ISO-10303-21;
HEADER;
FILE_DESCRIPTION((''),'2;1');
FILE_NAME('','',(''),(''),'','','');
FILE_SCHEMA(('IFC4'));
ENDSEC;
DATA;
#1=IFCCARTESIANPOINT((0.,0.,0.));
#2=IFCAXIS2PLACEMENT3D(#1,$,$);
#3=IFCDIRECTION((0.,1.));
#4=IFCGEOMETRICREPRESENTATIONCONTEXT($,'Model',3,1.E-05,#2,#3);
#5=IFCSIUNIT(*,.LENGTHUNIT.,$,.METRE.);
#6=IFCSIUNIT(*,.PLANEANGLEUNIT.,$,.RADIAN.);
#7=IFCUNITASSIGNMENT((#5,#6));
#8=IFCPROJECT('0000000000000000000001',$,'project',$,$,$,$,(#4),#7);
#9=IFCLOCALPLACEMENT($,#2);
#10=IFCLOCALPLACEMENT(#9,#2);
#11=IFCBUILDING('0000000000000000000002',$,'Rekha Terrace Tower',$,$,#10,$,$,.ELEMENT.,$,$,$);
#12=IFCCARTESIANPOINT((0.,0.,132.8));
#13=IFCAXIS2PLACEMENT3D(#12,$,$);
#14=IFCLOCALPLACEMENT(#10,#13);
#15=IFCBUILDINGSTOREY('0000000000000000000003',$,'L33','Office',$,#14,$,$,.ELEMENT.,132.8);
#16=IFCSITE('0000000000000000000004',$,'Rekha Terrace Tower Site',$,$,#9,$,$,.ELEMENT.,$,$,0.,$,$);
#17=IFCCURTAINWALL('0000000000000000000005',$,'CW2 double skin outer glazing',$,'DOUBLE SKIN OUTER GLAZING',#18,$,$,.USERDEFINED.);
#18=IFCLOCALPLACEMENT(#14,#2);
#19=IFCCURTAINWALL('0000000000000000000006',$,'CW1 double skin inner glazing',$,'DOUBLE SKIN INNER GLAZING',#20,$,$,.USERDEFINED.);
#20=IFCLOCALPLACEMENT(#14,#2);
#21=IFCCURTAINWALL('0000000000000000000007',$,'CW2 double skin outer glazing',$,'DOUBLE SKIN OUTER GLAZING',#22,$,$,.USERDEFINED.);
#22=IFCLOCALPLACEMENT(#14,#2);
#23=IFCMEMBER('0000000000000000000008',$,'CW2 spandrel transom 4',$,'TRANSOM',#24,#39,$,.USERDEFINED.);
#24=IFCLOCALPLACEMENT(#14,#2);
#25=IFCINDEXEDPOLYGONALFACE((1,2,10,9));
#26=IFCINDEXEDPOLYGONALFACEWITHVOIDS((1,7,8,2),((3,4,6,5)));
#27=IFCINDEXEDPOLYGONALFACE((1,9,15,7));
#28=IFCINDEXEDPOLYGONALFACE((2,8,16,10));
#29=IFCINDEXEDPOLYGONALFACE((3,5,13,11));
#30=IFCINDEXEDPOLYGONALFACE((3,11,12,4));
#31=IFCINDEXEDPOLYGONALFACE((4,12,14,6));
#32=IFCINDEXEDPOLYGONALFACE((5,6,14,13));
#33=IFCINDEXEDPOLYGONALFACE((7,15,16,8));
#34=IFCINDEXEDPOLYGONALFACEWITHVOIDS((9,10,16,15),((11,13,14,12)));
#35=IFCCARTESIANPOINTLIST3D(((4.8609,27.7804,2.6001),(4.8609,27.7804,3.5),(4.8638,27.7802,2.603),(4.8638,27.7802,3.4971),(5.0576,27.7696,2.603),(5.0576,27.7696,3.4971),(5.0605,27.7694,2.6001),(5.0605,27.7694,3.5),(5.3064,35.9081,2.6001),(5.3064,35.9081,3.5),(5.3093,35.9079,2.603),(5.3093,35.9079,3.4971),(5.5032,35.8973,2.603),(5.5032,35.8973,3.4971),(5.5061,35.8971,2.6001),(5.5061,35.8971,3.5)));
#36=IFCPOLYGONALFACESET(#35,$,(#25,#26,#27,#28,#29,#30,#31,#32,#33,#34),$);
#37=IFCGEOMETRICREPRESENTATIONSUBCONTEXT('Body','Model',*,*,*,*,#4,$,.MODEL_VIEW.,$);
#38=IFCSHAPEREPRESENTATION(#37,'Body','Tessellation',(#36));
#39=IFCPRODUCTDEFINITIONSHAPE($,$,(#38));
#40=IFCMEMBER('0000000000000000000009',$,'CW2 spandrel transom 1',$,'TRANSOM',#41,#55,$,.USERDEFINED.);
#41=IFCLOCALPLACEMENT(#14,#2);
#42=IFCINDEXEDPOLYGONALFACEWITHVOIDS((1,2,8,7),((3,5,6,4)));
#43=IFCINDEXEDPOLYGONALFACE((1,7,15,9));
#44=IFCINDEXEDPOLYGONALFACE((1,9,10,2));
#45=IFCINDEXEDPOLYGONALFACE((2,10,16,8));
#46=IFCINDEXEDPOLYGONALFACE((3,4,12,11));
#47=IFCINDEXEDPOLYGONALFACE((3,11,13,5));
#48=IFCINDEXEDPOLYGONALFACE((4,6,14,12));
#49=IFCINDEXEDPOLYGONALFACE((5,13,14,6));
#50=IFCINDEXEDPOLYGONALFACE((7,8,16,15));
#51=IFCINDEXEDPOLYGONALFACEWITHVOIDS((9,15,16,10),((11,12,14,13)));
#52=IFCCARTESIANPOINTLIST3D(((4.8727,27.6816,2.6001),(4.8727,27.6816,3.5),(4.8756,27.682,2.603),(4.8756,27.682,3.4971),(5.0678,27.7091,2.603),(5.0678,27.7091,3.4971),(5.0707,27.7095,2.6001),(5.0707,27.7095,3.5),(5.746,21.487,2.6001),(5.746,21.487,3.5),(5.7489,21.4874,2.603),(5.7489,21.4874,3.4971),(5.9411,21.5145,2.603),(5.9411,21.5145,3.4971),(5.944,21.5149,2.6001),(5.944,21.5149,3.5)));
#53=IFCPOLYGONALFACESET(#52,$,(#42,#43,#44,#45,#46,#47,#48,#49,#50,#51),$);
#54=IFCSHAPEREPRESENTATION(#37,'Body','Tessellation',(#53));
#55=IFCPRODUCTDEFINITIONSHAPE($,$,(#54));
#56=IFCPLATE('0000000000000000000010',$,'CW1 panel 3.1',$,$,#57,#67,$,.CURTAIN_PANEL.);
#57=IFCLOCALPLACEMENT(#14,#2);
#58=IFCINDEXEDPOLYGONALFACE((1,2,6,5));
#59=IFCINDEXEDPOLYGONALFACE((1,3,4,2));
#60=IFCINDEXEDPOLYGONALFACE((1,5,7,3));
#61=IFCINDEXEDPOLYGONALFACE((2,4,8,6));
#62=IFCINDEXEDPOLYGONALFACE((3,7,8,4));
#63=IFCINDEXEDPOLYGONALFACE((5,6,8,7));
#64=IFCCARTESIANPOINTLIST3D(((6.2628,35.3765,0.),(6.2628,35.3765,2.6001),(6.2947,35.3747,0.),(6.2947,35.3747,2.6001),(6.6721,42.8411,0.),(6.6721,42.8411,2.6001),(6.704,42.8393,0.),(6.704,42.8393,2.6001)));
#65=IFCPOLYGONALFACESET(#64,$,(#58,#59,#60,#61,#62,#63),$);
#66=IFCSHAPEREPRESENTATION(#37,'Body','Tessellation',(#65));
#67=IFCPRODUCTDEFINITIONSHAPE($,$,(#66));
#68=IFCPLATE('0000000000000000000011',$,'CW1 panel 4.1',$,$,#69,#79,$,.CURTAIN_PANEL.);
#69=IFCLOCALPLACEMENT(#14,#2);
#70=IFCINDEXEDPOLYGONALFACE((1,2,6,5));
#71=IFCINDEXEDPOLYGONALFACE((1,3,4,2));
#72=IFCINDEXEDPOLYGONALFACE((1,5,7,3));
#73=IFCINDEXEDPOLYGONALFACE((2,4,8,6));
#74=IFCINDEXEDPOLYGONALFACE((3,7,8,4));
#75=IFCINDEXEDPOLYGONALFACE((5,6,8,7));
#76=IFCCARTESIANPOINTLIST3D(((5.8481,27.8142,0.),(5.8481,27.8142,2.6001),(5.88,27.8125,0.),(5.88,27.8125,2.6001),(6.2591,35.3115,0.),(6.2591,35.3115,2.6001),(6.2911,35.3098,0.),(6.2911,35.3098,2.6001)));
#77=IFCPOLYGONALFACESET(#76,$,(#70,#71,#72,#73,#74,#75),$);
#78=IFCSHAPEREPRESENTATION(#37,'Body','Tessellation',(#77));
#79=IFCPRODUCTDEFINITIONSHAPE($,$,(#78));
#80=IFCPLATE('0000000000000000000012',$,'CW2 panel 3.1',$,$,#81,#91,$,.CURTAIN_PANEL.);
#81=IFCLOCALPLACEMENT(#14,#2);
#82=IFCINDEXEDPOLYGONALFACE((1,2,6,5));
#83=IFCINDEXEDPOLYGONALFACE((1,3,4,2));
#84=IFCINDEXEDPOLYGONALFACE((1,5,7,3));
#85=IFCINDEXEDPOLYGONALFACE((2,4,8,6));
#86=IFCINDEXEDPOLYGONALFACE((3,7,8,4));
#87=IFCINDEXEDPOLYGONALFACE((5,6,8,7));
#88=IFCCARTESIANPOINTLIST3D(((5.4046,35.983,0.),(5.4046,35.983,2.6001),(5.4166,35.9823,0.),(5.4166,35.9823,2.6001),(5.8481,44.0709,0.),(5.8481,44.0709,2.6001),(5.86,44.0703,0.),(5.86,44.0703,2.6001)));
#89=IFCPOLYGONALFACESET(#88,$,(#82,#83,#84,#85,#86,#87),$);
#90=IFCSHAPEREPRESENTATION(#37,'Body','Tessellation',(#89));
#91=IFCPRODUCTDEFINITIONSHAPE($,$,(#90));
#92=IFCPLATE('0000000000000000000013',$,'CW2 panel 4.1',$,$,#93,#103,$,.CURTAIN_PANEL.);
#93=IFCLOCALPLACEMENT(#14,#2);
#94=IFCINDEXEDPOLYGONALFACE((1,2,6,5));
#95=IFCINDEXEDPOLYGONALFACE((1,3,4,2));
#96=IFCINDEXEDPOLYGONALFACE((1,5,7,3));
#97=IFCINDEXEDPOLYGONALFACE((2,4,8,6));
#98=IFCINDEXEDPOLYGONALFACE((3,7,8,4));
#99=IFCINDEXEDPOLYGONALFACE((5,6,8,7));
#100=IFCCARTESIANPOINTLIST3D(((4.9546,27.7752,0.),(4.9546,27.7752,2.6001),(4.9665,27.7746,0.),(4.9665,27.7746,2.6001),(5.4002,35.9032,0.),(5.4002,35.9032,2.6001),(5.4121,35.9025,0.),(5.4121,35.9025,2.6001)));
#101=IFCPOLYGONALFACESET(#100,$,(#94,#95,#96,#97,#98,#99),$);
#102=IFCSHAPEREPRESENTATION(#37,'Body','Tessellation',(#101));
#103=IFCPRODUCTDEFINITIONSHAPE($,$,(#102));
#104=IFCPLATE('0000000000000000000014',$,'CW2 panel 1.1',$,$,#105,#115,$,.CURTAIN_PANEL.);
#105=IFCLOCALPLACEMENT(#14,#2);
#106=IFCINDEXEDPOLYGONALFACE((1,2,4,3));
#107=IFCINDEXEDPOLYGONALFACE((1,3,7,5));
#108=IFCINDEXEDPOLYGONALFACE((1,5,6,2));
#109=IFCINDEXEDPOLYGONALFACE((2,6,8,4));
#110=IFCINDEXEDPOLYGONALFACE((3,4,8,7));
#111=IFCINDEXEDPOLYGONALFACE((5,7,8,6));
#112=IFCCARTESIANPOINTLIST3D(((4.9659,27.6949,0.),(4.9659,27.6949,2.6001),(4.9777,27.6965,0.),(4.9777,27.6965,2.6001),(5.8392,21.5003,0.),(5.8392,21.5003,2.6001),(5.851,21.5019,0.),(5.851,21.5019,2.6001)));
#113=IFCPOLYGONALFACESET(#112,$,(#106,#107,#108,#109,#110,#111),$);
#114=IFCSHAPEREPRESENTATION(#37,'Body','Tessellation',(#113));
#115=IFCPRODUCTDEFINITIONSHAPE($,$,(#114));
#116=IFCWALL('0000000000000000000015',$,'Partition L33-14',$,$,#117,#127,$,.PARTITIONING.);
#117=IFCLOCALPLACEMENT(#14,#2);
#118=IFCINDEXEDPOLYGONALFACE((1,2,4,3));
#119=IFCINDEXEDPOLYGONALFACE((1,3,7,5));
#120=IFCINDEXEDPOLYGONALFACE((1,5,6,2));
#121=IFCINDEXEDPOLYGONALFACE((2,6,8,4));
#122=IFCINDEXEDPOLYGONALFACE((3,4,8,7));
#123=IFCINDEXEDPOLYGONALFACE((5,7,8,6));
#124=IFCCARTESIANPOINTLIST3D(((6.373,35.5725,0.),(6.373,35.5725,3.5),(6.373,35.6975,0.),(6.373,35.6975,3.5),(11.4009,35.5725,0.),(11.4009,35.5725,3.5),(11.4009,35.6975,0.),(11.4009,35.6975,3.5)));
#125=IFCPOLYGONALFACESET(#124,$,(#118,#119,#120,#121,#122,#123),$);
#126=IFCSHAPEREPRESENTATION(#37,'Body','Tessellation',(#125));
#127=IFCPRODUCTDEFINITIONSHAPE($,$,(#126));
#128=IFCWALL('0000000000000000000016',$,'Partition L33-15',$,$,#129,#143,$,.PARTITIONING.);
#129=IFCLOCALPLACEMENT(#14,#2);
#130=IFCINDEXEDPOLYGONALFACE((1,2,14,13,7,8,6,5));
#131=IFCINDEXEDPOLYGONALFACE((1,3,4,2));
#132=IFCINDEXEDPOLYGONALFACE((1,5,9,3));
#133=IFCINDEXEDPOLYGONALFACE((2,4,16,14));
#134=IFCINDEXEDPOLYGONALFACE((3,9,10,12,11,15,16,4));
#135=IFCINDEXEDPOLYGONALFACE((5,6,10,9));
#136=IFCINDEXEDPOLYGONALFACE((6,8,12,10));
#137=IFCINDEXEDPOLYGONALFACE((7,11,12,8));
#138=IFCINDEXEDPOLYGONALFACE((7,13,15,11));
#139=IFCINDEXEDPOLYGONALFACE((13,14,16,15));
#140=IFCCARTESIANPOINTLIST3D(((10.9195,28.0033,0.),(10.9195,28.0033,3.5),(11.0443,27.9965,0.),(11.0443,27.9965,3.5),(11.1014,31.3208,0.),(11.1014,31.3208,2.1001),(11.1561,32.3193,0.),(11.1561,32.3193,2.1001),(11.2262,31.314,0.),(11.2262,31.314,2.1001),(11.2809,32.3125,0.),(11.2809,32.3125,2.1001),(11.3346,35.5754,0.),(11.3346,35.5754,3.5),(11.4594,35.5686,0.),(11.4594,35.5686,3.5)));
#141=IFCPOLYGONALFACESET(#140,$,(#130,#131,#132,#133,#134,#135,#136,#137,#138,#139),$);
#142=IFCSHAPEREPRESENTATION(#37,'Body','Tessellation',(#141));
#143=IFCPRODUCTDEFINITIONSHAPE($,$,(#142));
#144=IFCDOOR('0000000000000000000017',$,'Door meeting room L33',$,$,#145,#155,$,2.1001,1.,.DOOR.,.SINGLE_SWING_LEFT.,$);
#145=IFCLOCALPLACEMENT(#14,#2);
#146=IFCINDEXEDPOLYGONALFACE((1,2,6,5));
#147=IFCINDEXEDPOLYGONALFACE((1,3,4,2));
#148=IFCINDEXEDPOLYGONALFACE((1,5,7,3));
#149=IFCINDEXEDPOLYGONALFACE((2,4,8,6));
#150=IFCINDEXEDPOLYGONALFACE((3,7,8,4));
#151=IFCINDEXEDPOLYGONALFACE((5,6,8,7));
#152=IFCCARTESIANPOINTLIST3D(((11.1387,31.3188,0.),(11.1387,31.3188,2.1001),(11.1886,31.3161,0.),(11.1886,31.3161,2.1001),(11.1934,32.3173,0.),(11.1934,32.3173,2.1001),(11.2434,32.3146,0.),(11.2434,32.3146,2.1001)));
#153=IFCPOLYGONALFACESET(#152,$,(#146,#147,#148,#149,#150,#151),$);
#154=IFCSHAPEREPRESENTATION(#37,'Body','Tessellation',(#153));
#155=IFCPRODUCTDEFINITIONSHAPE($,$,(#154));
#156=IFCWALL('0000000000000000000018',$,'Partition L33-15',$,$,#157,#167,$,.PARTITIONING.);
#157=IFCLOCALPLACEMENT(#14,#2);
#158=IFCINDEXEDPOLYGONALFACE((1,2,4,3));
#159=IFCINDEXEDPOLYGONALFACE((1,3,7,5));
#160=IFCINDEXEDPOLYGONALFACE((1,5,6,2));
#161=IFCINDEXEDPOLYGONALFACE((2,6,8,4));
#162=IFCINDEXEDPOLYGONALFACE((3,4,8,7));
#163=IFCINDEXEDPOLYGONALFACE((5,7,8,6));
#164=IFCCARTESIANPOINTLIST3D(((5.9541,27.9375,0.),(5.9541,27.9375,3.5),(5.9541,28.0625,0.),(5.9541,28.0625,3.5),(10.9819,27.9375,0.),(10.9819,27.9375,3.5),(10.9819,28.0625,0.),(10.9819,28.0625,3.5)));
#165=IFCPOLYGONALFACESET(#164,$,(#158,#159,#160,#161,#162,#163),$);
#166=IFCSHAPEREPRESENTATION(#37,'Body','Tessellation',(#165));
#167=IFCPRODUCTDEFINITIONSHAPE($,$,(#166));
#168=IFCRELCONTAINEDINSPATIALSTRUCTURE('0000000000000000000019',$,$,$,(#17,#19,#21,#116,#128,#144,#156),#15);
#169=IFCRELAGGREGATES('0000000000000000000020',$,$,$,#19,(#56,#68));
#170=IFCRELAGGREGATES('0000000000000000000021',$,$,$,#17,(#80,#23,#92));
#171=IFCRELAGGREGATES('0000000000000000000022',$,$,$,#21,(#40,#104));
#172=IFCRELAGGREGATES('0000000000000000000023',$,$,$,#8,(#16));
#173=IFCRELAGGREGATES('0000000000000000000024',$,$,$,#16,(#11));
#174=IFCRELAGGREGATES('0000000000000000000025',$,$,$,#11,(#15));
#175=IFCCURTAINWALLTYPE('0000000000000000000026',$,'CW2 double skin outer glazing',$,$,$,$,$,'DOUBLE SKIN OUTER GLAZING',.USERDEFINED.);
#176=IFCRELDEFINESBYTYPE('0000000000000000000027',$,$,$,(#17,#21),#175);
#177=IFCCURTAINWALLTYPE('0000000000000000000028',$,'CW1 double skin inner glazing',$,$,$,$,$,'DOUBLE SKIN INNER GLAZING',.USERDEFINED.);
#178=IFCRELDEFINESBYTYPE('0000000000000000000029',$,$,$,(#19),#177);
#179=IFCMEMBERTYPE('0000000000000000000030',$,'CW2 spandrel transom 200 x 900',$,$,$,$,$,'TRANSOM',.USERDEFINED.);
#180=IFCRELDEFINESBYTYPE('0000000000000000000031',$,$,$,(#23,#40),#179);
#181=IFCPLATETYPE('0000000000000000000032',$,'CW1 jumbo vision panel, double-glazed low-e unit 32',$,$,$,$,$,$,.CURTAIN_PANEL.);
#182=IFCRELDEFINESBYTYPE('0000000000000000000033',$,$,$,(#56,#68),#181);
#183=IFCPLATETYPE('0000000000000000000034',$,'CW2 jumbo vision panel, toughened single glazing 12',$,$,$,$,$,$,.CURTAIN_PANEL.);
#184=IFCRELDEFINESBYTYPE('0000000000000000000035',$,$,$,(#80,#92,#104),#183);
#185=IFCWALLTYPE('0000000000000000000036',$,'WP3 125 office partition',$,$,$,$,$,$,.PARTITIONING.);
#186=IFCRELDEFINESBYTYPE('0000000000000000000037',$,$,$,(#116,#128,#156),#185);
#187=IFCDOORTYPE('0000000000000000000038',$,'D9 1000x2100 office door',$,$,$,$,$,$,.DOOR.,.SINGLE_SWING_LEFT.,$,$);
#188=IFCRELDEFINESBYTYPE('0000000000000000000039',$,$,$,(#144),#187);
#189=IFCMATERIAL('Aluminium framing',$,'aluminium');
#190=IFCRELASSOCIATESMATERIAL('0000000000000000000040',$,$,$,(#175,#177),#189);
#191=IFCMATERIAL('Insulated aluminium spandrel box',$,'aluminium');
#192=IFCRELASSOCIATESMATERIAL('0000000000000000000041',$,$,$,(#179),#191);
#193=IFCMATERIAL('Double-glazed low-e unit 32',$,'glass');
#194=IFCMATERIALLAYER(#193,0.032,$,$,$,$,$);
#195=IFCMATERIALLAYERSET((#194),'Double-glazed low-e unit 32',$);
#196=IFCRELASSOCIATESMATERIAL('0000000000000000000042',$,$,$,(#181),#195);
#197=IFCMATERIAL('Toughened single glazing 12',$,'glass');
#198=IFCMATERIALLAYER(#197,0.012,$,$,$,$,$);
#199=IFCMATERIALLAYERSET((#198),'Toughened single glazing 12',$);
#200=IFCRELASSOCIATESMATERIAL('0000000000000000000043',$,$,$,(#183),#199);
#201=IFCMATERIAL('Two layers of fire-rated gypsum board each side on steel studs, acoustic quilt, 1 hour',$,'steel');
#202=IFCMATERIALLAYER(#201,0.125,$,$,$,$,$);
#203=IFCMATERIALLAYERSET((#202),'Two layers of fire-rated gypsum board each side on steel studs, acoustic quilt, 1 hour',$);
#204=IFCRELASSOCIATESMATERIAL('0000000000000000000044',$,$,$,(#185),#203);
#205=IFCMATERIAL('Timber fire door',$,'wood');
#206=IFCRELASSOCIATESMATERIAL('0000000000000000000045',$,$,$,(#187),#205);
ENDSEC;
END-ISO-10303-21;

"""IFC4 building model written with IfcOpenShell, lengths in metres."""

from ifc_helpers import new_model, si_unit, direction, frame, frame_2d, origin, origin_2d, place, context, subcontext, project, spatial, rectangle, hollow_rectangle, extrude, material, layer, layer_set, material_profile, profile_set, type_object, element, fill, aggregate, save


model = new_model("IFC4")

# Units and contexts
model_context = context("Model", 3, precision=1e-05, world=origin(), true_north=direction((0.0, 1.0)))
body_context = subcontext(model_context, "Body", "Model", "MODEL_VIEW")
ifc_project = project(units=[si_unit("LENGTHUNIT", "METRE"), si_unit("PLANEANGLEUNIT", "RADIAN")], contexts=[model_context])

# Site, building, storey
site_placement = place(None, origin())
site = spatial("IfcSite", under=ifc_project, at=site_placement, Name="Rekha Terrace Tower Site", CompositionType="ELEMENT", RefElevation=0.0)
building_placement = place(site_placement, origin())
building = spatial("IfcBuilding", under=site, at=building_placement, Name="Rekha Terrace Tower", CompositionType="ELEMENT")
storey_placement = place(building_placement, frame((0.0, 0.0, 132.8)))
storey = spatial("IfcBuildingStorey", under=building, at=storey_placement, Name="L33", Description="Office", CompositionType="ELEMENT", Elevation=132.8)

# Curtain walls
ifc_material_1 = material(Name="Aluminium framing", Category="aluminium")
curtain_wall_type_1 = type_object("IfcCurtainWallType", Name="CW2 double skin outer glazing", ElementType="DOUBLE SKIN OUTER GLAZING", PredefinedType="USERDEFINED", material=ifc_material_1)
curtain_wall_1_placement = place(storey_placement, origin())
curtain_wall_1 = element("IfcCurtainWall", 1, at=curtain_wall_1_placement, inside=storey, type_object=curtain_wall_type_1, Name="CW2 double skin outer glazing", ObjectType="DOUBLE SKIN OUTER GLAZING", PredefinedType="USERDEFINED")
curtain_wall_type_2 = type_object("IfcCurtainWallType", Name="CW1 double skin inner glazing", ElementType="DOUBLE SKIN INNER GLAZING", PredefinedType="USERDEFINED", material=ifc_material_1)
curtain_wall_2_placement = place(storey_placement, origin())
curtain_wall_2 = element("IfcCurtainWall", 2, at=curtain_wall_2_placement, inside=storey, type_object=curtain_wall_type_2, Name="CW1 double skin inner glazing", ObjectType="DOUBLE SKIN INNER GLAZING", PredefinedType="USERDEFINED")

# Shared definitions
ifc_material_2 = material(Name="Insulated aluminium spandrel box", Category="aluminium")

# Curtain wall
curtain_wall_3_placement = place(storey_placement, origin())
curtain_wall_3 = element("IfcCurtainWall", 3, at=curtain_wall_3_placement, inside=storey, type_object=curtain_wall_type_1, Name="CW2 double skin outer glazing", ObjectType="DOUBLE SKIN OUTER GLAZING", PredefinedType="USERDEFINED")

# Members
ifc_material_profile_1 = material_profile(ifc_material_2, hollow_rectangle(XDim=0.2, YDim=0.8999, WallThickness=0.0029, at=origin_2d()), Name="AL SPANDREL BOX 200x900")
ifc_profile_set_1 = profile_set([ifc_material_profile_1], Name="Insulated aluminium spandrel box")
member_type_1 = type_object("IfcMemberType", Name="CW2 spandrel transom 200 x 900", ElementType="TRANSOM", PredefinedType="USERDEFINED", material=ifc_profile_set_1)
member_1_placement = place(storey_placement, frame((5.4062, 35.9026, 3.05), z_axis=(-0.054737, -0.998501, 0.0), x_axis=(0.998501, -0.054737, 0.0)))
member_1 = element("IfcMember", 4, at=member_1_placement, type_object=member_type_1, Name="CW2 spandrel transom 4", ObjectType="TRANSOM", PredefinedType="USERDEFINED", context=body_context, shape_type="SweptSolid", body=[
    extrude(hollow_rectangle(XDim=0.2, YDim=0.8999, WallThickness=0.0029, at=origin_2d()), origin(), (0.0, 0.0, 1.0), 8.1399),
])
member_2_placement = place(storey_placement, frame((4.9717, 27.6956, 3.05), z_axis=(0.139596, -0.990209, 0.0), x_axis=(0.990209, 0.139596, 0.0)))
member_2 = element("IfcMember", 5, at=member_2_placement, type_object=member_type_1, Name="CW2 spandrel transom 1", ObjectType="TRANSOM", PredefinedType="USERDEFINED", context=body_context, shape_type="SweptSolid", body=[
    extrude(hollow_rectangle(XDim=0.2, YDim=0.8999, WallThickness=0.0029, at=origin_2d()), origin(), (0.0, 0.0, 1.0), 6.2559),
])

# Plates
ifc_material_3 = material(Name="Double-glazed low-e unit 32", Category="glass")
ifc_layer_1 = layer(ifc_material_3, 0.032)
ifc_layer_set_1 = layer_set([ifc_layer_1], Name="Double-glazed low-e unit 32")
plate_type_1 = type_object("IfcPlateType", Name="CW1 jumbo vision panel, double-glazed low-e unit 32", PredefinedType="CURTAIN_PANEL", material=ifc_layer_set_1)
plate_1_placement = place(storey_placement, frame((6.4834, 39.1079, 0.0), z_axis=(0.0, 0.0, 1.0), x_axis=(-0.054742, -0.998501, 0.0)))
plate_1 = element("IfcPlate", 6, at=plate_1_placement, type_object=plate_type_1, Name="CW1 panel 3.1", PredefinedType="CURTAIN_PANEL", context=body_context, shape_type="SweptSolid", body=[
    extrude(rectangle(XDim=7.4758, YDim=0.032, at=origin_2d()), origin(), (0.0, 0.0, 1.0), 2.6001),
])
plate_2_placement = place(storey_placement, frame((6.0696, 31.562, 0.0), z_axis=(0.0, 0.0, 1.0), x_axis=(-0.054742, -0.998501, 0.0)))
plate_2 = element("IfcPlate", 7, at=plate_2_placement, type_object=plate_type_1, Name="CW1 panel 4.1", PredefinedType="CURTAIN_PANEL", context=body_context, shape_type="SweptSolid", body=[
    extrude(rectangle(XDim=7.5085, YDim=0.032, at=origin_2d()), origin(), (0.0, 0.0, 1.0), 2.6001),
])
aggregate(curtain_wall_2, [plate_1, plate_2])
ifc_material_4 = material(Name="Toughened single glazing 12", Category="glass")
ifc_layer_2 = layer(ifc_material_4, 0.012)
ifc_layer_set_2 = layer_set([ifc_layer_2], Name="Toughened single glazing 12")
plate_type_2 = type_object("IfcPlateType", Name="CW2 jumbo vision panel, toughened single glazing 12", PredefinedType="CURTAIN_PANEL", material=ifc_layer_set_2)
plate_3_placement = place(storey_placement, frame((5.6323, 40.0266, 0.0), z_axis=(0.0, 0.0, 1.0), x_axis=(-0.054742, -0.998501, 0.0)))
plate_3 = element("IfcPlate", 8, at=plate_3_placement, type_object=plate_type_2, Name="CW2 panel 3.1", PredefinedType="CURTAIN_PANEL", context=body_context, shape_type="SweptSolid", body=[
    extrude(rectangle(XDim=8.1001, YDim=0.012, at=origin_2d()), origin(), (0.0, 0.0, 1.0), 2.6001),
])
plate_4_placement = place(storey_placement, frame((5.1833, 31.8389, 0.0), z_axis=(0.0, 0.0, 1.0), x_axis=(-0.054742, -0.998501, 0.0)))
plate_4 = element("IfcPlate", 9, at=plate_4_placement, type_object=plate_type_2, Name="CW2 panel 4.1", PredefinedType="CURTAIN_PANEL", context=body_context, shape_type="SweptSolid", body=[
    extrude(rectangle(XDim=8.1401, YDim=0.012, at=origin_2d()), origin(), (0.0, 0.0, 1.0), 2.6001),
])
aggregate(curtain_wall_1, [plate_3, member_1, plate_4])
plate_5_placement = place(storey_placement, frame((5.4084, 24.5984, 0.0), z_axis=(0.0, 0.0, 1.0), x_axis=(0.139597, -0.990208, 0.0)))
plate_5 = element("IfcPlate", 10, at=plate_5_placement, type_object=plate_type_2, Name="CW2 panel 1.1", PredefinedType="CURTAIN_PANEL", context=body_context, shape_type="SweptSolid", body=[
    extrude(rectangle(XDim=6.2559, YDim=0.012, at=origin_2d()), origin(), (0.0, 0.0, 1.0), 2.6001),
])
aggregate(curtain_wall_3, [member_2, plate_5])

# Wall
ifc_material_5 = material(Name="Two layers of fire-rated gypsum board each side on steel studs, acoustic quilt, 1 hour", Category="steel")
ifc_layer_3 = layer(ifc_material_5, 0.125)
ifc_layer_set_3 = layer_set([ifc_layer_3], Name="Two layers of fire-rated gypsum board each side on steel studs, acoustic quilt, 1 hour")
wall_type = type_object("IfcWallType", Name="WP3 125 office partition", PredefinedType="PARTITIONING", material=ifc_layer_set_3)
wall_1_placement = place(storey_placement, frame((11.4009, 35.635, 0.0), z_axis=(0.0, 0.0, 1.0), x_axis=(-1.0, 0.0, 0.0)))
element("IfcWall", 11, at=wall_1_placement, inside=storey, type_object=wall_type, Name="Partition L33-14", PredefinedType="PARTITIONING", context=body_context, shape_type="SweptSolid", body=[
    extrude(rectangle(XDim=5.0278, YDim=0.125, at=frame_2d((2.5139, 0.0))), origin(), (0.0, 0.0, 1.0), 3.5),
])

# Wall, opening, door
wall_2_placement = place(storey_placement, frame((11.397, 35.572, 0.0), z_axis=(0.0, 0.0, 1.0), x_axis=(-0.05473, -0.998501, 0.0)))
wall_2 = element("IfcWall", 12, at=wall_2_placement, inside=storey, type_object=wall_type, Name="Partition L33-15", PredefinedType="PARTITIONING", context=body_context, shape_type="SweptSolid", body=[
    extrude(rectangle(XDim=7.5835, YDim=0.125, at=frame_2d((3.7917, 0.0))), origin(), (0.0, 0.0, 1.0), 3.5),
])
opening_1_placement = place(wall_2_placement, frame((3.261, 0.0, 0.0)))
opening_1 = element("IfcOpeningElement", 13, at=opening_1_placement, cuts=wall_2, PredefinedType="OPENING", context=body_context, shape_type="SweptSolid", body=[
    extrude(rectangle(XDim=1.0, YDim=2.1001, at=frame_2d((0.5, 1.05))), frame((0.0, 0.0725, 0.0), z_axis=(0.0, -1.0, 0.0), x_axis=(1.0, 0.0, 0.0)), (0.0, 0.0, 1.0), 0.145),
])
ifc_material_6 = material(Name="Timber fire door", Category="wood")
door_type_1 = type_object("IfcDoorType", Name="D9 1000x2100 office door", OperationType="SINGLE_SWING_LEFT", PredefinedType="DOOR", material=ifc_material_6)
door_1_placement = place(opening_1_placement, origin())
door_1 = element("IfcDoor", 14, at=door_1_placement, inside=storey, type_object=door_type_1, Name="Door meeting room L33", OperationType="SINGLE_SWING_LEFT", OverallHeight=2.1001, OverallWidth=1.0, PredefinedType="DOOR", context=body_context, shape_type="SweptSolid", body=[
    extrude(rectangle(XDim=1.0, YDim=2.1001, at=frame_2d((0.5, 1.05))), frame((0.0, 0.0249, 0.0), z_axis=(0.0, -1.0, 0.0), x_axis=(1.0, 0.0, 0.0)), (0.0, 0.0, 1.0), 0.05),
])
fill(opening_1, door_1)

# Wall
wall_3_placement = place(storey_placement, frame((10.9819, 28.0, 0.0), z_axis=(0.0, 0.0, 1.0), x_axis=(-1.0, 0.0, 0.0)))
element("IfcWall", 15, at=wall_3_placement, inside=storey, type_object=wall_type, Name="Partition L33-15", PredefinedType="PARTITIONING", context=body_context, shape_type="SweptSolid", body=[
    extrude(rectangle(XDim=5.0278, YDim=0.125, at=frame_2d((2.5139, 0.0))), origin(), (0.0, 0.0, 1.0), 3.5),
])

save(model, "model.ifc")
